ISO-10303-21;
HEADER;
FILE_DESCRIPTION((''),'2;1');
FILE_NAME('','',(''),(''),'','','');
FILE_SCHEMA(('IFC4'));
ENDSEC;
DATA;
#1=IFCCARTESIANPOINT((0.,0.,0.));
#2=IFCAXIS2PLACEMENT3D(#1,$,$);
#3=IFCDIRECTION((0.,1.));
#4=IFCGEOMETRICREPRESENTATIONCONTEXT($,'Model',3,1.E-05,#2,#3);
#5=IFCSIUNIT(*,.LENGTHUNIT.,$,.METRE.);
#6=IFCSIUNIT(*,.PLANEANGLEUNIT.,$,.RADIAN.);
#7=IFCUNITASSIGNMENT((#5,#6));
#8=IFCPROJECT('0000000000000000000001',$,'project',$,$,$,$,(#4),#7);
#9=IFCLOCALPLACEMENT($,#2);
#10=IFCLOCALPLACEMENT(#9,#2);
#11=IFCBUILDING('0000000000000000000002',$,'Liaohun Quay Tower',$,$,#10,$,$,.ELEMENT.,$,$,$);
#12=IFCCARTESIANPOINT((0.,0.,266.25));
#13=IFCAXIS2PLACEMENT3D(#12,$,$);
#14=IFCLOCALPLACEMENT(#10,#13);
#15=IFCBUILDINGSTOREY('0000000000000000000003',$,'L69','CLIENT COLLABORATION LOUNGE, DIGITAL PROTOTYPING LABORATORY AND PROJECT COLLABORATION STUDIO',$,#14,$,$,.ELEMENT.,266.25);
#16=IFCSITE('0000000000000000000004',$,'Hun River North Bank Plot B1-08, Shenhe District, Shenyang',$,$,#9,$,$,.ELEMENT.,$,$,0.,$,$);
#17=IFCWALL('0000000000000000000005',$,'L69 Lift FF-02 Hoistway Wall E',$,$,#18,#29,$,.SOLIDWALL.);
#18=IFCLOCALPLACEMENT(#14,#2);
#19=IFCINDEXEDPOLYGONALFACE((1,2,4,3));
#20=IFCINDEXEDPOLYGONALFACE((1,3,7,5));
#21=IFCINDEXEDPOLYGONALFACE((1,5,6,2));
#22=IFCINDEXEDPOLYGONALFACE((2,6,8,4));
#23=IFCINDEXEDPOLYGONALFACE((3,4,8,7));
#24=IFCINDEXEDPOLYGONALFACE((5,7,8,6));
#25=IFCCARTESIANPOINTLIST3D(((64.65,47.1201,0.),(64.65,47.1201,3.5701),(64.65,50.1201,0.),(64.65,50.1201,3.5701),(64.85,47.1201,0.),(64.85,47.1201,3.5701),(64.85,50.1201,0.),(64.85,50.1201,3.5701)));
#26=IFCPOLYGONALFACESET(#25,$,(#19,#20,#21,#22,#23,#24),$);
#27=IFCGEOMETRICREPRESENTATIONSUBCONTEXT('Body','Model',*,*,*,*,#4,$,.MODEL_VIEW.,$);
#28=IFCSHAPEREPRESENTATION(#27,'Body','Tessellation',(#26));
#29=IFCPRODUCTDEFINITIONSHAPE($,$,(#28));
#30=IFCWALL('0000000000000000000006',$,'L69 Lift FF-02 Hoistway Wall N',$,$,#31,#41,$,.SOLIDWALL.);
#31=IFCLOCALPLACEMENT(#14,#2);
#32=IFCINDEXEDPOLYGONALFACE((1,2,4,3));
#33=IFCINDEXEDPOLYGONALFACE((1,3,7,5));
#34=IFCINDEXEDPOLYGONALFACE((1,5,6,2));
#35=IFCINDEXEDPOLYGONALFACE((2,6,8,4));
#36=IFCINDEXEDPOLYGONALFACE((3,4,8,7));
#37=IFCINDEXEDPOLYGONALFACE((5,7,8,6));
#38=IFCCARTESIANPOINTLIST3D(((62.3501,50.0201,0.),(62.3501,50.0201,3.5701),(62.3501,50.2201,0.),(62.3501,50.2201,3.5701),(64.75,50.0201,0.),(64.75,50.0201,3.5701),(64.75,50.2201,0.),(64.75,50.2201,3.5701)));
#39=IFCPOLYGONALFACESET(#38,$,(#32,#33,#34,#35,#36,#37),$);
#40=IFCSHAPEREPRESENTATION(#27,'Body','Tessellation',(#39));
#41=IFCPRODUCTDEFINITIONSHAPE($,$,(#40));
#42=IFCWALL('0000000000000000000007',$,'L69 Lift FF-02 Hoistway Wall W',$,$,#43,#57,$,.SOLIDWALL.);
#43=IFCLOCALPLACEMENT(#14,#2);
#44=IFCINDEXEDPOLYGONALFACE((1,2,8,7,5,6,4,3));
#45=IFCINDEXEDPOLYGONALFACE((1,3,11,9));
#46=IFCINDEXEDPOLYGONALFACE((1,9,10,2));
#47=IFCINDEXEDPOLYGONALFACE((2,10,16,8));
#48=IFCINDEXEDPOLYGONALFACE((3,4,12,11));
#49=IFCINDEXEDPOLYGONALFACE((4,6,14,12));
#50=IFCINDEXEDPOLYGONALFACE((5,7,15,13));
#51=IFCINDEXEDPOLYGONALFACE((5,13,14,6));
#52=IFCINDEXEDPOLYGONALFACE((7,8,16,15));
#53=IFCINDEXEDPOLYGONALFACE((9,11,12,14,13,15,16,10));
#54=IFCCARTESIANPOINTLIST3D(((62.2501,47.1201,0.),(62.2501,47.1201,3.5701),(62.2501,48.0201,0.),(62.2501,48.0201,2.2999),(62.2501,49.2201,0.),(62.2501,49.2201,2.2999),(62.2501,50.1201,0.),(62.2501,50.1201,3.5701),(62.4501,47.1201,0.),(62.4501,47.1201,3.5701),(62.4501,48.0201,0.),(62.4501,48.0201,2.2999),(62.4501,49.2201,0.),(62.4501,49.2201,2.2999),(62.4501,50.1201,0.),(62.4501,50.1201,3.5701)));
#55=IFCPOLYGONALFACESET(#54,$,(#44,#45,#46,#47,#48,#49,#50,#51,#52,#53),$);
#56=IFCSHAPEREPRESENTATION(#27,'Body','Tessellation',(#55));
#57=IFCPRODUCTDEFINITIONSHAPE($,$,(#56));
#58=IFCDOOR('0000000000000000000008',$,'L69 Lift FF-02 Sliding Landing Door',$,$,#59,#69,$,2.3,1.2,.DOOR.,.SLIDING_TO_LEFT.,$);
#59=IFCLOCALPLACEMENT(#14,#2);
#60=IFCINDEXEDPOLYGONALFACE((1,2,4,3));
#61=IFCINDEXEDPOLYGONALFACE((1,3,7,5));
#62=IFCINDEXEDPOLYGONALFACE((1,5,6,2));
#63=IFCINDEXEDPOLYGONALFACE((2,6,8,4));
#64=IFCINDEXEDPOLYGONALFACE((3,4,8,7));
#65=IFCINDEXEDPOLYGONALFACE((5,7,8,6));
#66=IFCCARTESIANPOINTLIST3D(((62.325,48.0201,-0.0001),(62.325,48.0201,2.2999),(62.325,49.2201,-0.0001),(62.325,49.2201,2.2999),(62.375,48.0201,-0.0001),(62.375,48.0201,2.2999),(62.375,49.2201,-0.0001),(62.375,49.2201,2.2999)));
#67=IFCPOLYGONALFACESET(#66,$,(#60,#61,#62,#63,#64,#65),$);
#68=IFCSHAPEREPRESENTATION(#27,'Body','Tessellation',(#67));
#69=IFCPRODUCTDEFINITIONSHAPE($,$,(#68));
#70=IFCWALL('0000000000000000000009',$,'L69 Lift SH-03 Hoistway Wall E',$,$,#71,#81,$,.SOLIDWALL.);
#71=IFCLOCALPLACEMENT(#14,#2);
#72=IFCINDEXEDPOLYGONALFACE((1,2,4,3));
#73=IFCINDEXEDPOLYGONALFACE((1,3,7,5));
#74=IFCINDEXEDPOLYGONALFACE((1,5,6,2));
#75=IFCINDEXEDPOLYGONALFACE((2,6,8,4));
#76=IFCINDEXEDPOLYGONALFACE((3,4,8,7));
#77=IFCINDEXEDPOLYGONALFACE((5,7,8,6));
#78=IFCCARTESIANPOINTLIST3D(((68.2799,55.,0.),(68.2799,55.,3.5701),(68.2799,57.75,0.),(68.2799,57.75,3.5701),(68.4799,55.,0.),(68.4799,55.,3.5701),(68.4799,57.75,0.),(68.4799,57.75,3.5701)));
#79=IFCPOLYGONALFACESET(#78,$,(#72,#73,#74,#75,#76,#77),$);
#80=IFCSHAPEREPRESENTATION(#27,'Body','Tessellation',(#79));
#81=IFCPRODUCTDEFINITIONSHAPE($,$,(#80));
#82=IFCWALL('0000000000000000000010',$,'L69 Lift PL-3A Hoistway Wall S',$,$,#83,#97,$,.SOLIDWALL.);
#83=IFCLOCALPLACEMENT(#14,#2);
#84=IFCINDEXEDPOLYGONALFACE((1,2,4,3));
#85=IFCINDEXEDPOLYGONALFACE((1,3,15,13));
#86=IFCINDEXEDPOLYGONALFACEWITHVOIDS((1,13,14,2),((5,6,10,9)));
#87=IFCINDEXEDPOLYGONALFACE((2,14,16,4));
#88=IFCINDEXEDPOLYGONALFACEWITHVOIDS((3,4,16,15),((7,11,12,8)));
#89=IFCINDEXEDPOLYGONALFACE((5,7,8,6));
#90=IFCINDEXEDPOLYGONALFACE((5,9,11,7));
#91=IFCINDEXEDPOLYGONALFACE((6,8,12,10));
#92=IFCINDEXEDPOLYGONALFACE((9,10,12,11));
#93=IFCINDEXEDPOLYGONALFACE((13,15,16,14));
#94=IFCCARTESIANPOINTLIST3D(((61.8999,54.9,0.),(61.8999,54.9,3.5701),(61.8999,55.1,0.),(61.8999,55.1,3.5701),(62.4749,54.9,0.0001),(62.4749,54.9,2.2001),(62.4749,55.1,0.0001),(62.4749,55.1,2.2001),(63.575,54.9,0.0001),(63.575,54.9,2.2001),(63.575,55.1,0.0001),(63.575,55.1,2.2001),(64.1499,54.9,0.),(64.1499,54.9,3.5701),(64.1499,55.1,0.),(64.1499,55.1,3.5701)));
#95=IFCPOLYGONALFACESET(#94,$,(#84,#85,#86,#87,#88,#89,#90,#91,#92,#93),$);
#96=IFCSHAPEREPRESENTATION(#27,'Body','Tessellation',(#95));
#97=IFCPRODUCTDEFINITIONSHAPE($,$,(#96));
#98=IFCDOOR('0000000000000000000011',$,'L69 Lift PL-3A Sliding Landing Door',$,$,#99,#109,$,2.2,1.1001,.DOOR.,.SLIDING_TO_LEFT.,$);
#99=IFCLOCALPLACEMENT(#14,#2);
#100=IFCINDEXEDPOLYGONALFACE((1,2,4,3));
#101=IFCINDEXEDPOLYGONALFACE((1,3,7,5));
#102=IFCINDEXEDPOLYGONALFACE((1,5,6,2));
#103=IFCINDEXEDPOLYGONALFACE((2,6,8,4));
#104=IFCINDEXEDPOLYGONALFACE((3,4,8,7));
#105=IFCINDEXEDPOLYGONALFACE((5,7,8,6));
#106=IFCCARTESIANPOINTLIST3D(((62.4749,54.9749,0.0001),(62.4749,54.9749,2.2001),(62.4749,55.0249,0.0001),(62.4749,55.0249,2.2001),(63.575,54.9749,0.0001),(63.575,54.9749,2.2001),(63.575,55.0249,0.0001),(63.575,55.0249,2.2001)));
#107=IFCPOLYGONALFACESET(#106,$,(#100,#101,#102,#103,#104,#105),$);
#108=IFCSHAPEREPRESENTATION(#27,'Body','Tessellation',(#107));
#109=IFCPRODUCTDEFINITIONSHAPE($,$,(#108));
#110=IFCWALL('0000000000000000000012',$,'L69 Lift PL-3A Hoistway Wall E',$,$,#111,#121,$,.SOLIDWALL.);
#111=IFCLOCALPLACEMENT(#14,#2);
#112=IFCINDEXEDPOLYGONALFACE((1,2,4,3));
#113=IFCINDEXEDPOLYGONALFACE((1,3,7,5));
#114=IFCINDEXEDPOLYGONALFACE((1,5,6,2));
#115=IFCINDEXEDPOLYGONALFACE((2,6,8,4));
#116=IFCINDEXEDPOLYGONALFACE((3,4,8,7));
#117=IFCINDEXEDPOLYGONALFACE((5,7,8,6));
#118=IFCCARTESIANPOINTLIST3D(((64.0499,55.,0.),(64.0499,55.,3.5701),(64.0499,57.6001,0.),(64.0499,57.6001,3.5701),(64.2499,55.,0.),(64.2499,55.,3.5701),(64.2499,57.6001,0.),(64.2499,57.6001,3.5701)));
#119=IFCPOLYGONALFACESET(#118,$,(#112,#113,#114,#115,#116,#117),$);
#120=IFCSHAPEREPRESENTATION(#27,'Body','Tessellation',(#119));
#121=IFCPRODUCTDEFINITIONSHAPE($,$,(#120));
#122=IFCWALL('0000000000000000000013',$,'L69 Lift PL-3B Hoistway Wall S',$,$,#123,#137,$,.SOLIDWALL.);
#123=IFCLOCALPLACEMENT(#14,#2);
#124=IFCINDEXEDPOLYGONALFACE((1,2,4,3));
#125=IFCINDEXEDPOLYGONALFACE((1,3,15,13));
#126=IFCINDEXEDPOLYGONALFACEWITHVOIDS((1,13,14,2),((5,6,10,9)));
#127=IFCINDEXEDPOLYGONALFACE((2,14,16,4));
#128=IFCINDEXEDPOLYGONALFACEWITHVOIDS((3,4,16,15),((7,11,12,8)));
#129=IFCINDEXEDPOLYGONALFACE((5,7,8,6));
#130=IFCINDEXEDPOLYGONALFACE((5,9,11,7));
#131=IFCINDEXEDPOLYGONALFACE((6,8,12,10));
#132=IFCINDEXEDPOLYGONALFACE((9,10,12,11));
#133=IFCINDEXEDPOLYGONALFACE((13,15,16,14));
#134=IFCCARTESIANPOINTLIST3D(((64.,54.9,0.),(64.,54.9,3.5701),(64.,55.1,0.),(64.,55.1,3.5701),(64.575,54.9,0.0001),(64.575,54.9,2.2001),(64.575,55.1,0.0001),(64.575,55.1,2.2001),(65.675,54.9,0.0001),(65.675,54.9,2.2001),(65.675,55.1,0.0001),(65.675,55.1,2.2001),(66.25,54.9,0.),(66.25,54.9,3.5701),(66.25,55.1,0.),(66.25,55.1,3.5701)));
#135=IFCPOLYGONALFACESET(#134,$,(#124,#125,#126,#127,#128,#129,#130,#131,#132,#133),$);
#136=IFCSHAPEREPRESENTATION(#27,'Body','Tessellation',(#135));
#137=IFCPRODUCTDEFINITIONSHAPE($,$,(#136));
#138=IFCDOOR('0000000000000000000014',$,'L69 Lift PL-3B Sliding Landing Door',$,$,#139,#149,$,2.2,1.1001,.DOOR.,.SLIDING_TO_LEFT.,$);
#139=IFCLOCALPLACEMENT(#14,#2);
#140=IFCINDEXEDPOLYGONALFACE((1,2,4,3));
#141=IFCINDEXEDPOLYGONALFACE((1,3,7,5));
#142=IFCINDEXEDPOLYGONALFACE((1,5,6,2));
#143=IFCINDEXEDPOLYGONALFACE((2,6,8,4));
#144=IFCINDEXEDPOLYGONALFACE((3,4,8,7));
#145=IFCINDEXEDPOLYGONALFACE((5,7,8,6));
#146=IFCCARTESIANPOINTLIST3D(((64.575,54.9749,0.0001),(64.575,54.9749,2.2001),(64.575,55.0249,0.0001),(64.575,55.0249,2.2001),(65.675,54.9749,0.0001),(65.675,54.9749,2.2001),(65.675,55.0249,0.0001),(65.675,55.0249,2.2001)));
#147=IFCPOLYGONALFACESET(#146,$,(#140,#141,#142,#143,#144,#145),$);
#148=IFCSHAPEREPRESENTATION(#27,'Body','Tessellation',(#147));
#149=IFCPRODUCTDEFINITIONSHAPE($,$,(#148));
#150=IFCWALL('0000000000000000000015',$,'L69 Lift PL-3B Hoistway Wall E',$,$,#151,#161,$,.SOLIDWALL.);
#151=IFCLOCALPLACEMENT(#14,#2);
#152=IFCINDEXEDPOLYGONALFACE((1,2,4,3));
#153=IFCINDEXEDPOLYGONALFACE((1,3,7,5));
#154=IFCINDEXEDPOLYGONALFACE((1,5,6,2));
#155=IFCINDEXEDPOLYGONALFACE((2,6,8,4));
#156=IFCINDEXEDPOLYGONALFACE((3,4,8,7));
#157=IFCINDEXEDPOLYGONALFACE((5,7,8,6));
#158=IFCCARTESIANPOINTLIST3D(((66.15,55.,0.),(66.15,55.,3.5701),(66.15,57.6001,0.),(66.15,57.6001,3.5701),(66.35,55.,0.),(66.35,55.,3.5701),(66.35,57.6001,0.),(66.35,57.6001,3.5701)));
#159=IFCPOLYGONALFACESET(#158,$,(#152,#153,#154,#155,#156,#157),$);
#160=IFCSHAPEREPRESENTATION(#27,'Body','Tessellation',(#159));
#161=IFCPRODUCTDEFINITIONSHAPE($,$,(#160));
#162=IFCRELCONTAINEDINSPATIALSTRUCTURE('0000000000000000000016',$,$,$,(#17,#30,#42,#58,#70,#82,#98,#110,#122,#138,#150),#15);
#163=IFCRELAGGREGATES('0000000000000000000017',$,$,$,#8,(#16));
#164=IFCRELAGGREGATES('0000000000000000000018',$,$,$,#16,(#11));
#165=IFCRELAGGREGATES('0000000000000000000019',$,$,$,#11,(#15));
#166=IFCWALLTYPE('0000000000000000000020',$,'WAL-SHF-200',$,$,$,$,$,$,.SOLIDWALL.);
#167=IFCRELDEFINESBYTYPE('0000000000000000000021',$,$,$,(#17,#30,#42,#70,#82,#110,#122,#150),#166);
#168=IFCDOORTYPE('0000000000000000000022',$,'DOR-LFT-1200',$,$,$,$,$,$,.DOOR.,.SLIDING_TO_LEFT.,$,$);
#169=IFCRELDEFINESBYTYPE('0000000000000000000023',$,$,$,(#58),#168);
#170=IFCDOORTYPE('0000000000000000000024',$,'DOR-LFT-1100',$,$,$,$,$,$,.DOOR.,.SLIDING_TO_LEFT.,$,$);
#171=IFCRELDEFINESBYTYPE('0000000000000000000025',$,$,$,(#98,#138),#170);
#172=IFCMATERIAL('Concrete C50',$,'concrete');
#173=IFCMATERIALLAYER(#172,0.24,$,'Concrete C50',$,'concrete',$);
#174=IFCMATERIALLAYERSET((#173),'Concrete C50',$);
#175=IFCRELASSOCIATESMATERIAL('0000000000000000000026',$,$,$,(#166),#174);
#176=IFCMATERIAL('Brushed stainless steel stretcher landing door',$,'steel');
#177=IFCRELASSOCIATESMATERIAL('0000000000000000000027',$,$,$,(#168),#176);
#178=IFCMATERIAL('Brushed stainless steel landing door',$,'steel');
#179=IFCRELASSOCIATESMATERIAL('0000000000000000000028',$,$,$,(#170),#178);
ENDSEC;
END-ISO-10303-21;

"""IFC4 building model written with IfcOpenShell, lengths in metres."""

from ifc_helpers import new_model, si_unit, direction, frame, frame_2d, origin, place, context, subcontext, project, spatial, rectangle, extrude, source, transform, mapped, material, layer, layer_set, type_object, element, fill, save


model = new_model("IFC4")

# Units and contexts
model_context = context("Model", 3, precision=1e-05, world=origin(), true_north=direction((0.0, 1.0)))
body_context = subcontext(model_context, "Body", "Model", "MODEL_VIEW")
ifc_project = project(units=[si_unit("LENGTHUNIT", "METRE"), si_unit("PLANEANGLEUNIT", "RADIAN")], contexts=[model_context])

# Site, building, storey
site_placement = place(None, origin())
site = spatial("IfcSite", under=ifc_project, at=site_placement, Name="Hun River North Bank Plot B1-08, Shenhe District, Shenyang", CompositionType="ELEMENT", RefElevation=0.0)
building_placement = place(site_placement, origin())
building = spatial("IfcBuilding", under=site, at=building_placement, Name="Liaohun Quay Tower", CompositionType="ELEMENT")
storey_placement = place(building_placement, frame((0.0, 0.0, 266.25)))
storey = spatial("IfcBuildingStorey", under=building, at=storey_placement, Name="L69", Description="CLIENT COLLABORATION LOUNGE, DIGITAL PROTOTYPING LABORATORY AND PROJECT COLLABORATION STUDIO", CompositionType="ELEMENT", Elevation=266.25)

# Shared definitions
ifc_material_1 = material(Name="Concrete C50", Category="concrete")
ifc_layer_1 = layer(ifc_material_1, 0.24, Name="Concrete C50", Category="concrete")
ifc_layer_set_1 = layer_set([ifc_layer_1], Name="Concrete C50")
wall_type_1 = type_object("IfcWallType", Name="WAL-SHF-200", PredefinedType="SOLIDWALL", material=ifc_layer_set_1)

# Walls
wall_1_placement = place(storey_placement, frame((64.75, 47.1201, 0.0), z_axis=(0.0, 0.0, 1.0), x_axis=(0.0, 1.0, 0.0)))
element("IfcWall", 1, at=wall_1_placement, inside=storey, type_object=wall_type_1, Name="L69 Lift FF-02 Hoistway Wall E", PredefinedType="SOLIDWALL", context=body_context, shape_type="SweptSolid", body=[
    extrude(rectangle(XDim=3.0, YDim=0.2, at=frame_2d((1.5, 0.0))), origin(), (0.0, 0.0, 1.0), 3.5701),
])
wall_2_placement = place(storey_placement, frame((64.75, 50.1201, 0.0), z_axis=(0.0, 0.0, 1.0), x_axis=(-1.0, 0.0, 0.0)))
element("IfcWall", 2, at=wall_2_placement, inside=storey, type_object=wall_type_1, Name="L69 Lift FF-02 Hoistway Wall N", PredefinedType="SOLIDWALL", context=body_context, shape_type="SweptSolid", body=[
    extrude(rectangle(XDim=2.3999, YDim=0.2, at=frame_2d((1.2, 0.0))), origin(), (0.0, 0.0, 1.0), 3.5701),
])

# Wall, opening, door
wall_3_placement = place(storey_placement, frame((62.3501, 50.1201, 0.0), z_axis=(0.0, 0.0, 1.0), x_axis=(0.0, -1.0, 0.0)))
wall_3 = element("IfcWall", 3, at=wall_3_placement, inside=storey, type_object=wall_type_1, Name="L69 Lift FF-02 Hoistway Wall W", PredefinedType="SOLIDWALL", context=body_context, shape_type="SweptSolid", body=[
    extrude(rectangle(XDim=3.0, YDim=0.2, at=frame_2d((1.5, 0.0))), origin(), (0.0, 0.0, 1.0), 3.5701),
])
shared_shape_1 = source(origin(), body_context, "Body", "SweptSolid", [
    extrude(rectangle(XDim=1.2, YDim=2.3, at=frame_2d((0.6001, 1.1499))), frame((0.0, 0.1099, 0.0), z_axis=(0.0, -1.0, 0.0), x_axis=(1.0, 0.0, 0.0)), (0.0, 0.0, 1.0), 0.22),
])
opening_1_placement = place(wall_3_placement, frame((0.8999, 0.0, 0.0)))
opening_1 = element("IfcOpeningElement", 4, at=opening_1_placement, cuts=wall_3, PredefinedType="OPENING", context=body_context, shape_type="MappedRepresentation", body=[
    mapped(shared_shape_1, transform((0.0, 0.0, 0.0), x_axis=(1.0, 0.0, 0.0), y_axis=(0.0, 1.0, 0.0), z_axis=(0.0, 0.0, 1.0), scale=1.0)),
])
ifc_material_2 = material(Name="Brushed stainless steel stretcher landing door", Category="steel")
door_type_1 = type_object("IfcDoorType", Name="DOR-LFT-1200", OperationType="SLIDING_TO_LEFT", PredefinedType="DOOR", material=ifc_material_2)
shared_shape_2 = source(origin(), body_context, "Body", "SweptSolid", [
    extrude(rectangle(XDim=1.2, YDim=2.3, at=frame_2d((0.6001, 1.1499))), frame((0.0, 0.0249, 0.0), z_axis=(0.0, -1.0, 0.0), x_axis=(1.0, 0.0, 0.0)), (0.0, 0.0, 1.0), 0.05),
])
door_1_placement = place(opening_1_placement, origin())
door_1 = element("IfcDoor", 5, at=door_1_placement, inside=storey, type_object=door_type_1, Name="L69 Lift FF-02 Sliding Landing Door", OperationType="SLIDING_TO_LEFT", OverallHeight=2.3, OverallWidth=1.2, PredefinedType="DOOR", context=body_context, shape_type="MappedRepresentation", body=[
    mapped(shared_shape_2, transform((0.0, 0.0, 0.0), x_axis=(1.0, 0.0, 0.0), y_axis=(0.0, 1.0, 0.0), z_axis=(0.0, 0.0, 1.0), scale=1.0)),
])
fill(opening_1, door_1)

# Wall
wall_4_placement = place(storey_placement, frame((68.3799, 55.0, 0.0), z_axis=(0.0, 0.0, 1.0), x_axis=(0.0, 1.0, 0.0)))
element("IfcWall", 6, at=wall_4_placement, inside=storey, type_object=wall_type_1, Name="L69 Lift SH-03 Hoistway Wall E", PredefinedType="SOLIDWALL", context=body_context, shape_type="SweptSolid", body=[
    extrude(rectangle(XDim=2.75, YDim=0.2, at=frame_2d((1.375, 0.0))), origin(), (0.0, 0.0, 1.0), 3.5701),
])

# Wall, opening, door
wall_5_placement = place(storey_placement, frame((61.8999, 55.0, 0.0), z_axis=(0.0, 0.0, 1.0), x_axis=(1.0, 0.0, 0.0)))
wall_5 = element("IfcWall", 7, at=wall_5_placement, inside=storey, type_object=wall_type_1, Name="L69 Lift PL-3A Hoistway Wall S", PredefinedType="SOLIDWALL", context=body_context, shape_type="SweptSolid", body=[
    extrude(rectangle(XDim=2.25, YDim=0.2, at=frame_2d((1.125, 0.0))), origin(), (0.0, 0.0, 1.0), 3.5701),
])
shared_shape_3 = source(origin(), body_context, "Body", "SweptSolid", [
    extrude(rectangle(XDim=1.1001, YDim=2.2, at=frame_2d((0.55, 1.1001))), frame((0.0, 0.1099, 0.0), z_axis=(0.0, -1.0, 0.0), x_axis=(1.0, 0.0, 0.0)), (0.0, 0.0, 1.0), 0.22),
])
opening_2_placement = place(wall_5_placement, frame((0.575, 0.0, 0.0)))
opening_2 = element("IfcOpeningElement", 8, at=opening_2_placement, cuts=wall_5, PredefinedType="OPENING", context=body_context, shape_type="MappedRepresentation", body=[
    mapped(shared_shape_3, transform((0.0, 0.0, 0.0), x_axis=(1.0, 0.0, 0.0), y_axis=(0.0, 1.0, 0.0), z_axis=(0.0, 0.0, 1.0), scale=1.0)),
])
ifc_material_3 = material(Name="Brushed stainless steel landing door", Category="steel")
door_type_2 = type_object("IfcDoorType", Name="DOR-LFT-1100", OperationType="SLIDING_TO_LEFT", PredefinedType="DOOR", material=ifc_material_3)
shared_shape_4 = source(origin(), body_context, "Body", "SweptSolid", [
    extrude(rectangle(XDim=1.1001, YDim=2.2, at=frame_2d((0.55, 1.1001))), frame((0.0, 0.0249, 0.0), z_axis=(0.0, -1.0, 0.0), x_axis=(1.0, 0.0, 0.0)), (0.0, 0.0, 1.0), 0.05),
])
door_2_placement = place(opening_2_placement, origin())
door_2 = element("IfcDoor", 9, at=door_2_placement, inside=storey, type_object=door_type_2, Name="L69 Lift PL-3A Sliding Landing Door", OperationType="SLIDING_TO_LEFT", OverallHeight=2.2, OverallWidth=1.1001, PredefinedType="DOOR", context=body_context, shape_type="MappedRepresentation", body=[
    mapped(shared_shape_4, transform((0.0, 0.0, 0.0), x_axis=(1.0, 0.0, 0.0), y_axis=(0.0, 1.0, 0.0), z_axis=(0.0, 0.0, 1.0), scale=1.0)),
])
fill(opening_2, door_2)

# Wall
wall_6_placement = place(storey_placement, frame((64.1499, 55.0, 0.0), z_axis=(0.0, 0.0, 1.0), x_axis=(0.0, 1.0, 0.0)))
element("IfcWall", 10, at=wall_6_placement, inside=storey, type_object=wall_type_1, Name="L69 Lift PL-3A Hoistway Wall E", PredefinedType="SOLIDWALL", context=body_context, shape_type="SweptSolid", body=[
    extrude(rectangle(XDim=2.6001, YDim=0.2, at=frame_2d((1.3, 0.0))), origin(), (0.0, 0.0, 1.0), 3.5701),
])

# Wall, opening, door
wall_7_placement = place(storey_placement, frame((64.0, 55.0, 0.0), z_axis=(0.0, 0.0, 1.0), x_axis=(1.0, 0.0, 0.0)))
wall_7 = element("IfcWall", 11, at=wall_7_placement, inside=storey, type_object=wall_type_1, Name="L69 Lift PL-3B Hoistway Wall S", PredefinedType="SOLIDWALL", context=body_context, shape_type="SweptSolid", body=[
    extrude(rectangle(XDim=2.25, YDim=0.2, at=frame_2d((1.125, 0.0))), origin(), (0.0, 0.0, 1.0), 3.5701),
])
opening_3_placement = place(wall_7_placement, frame((0.575, 0.0, 0.0)))
opening_3 = element("IfcOpeningElement", 12, at=opening_3_placement, cuts=wall_7, PredefinedType="OPENING", context=body_context, shape_type="MappedRepresentation", body=[
    mapped(shared_shape_3, transform((0.0, 0.0, 0.0), x_axis=(1.0, 0.0, 0.0), y_axis=(0.0, 1.0, 0.0), z_axis=(0.0, 0.0, 1.0), scale=1.0)),
])
door_3_placement = place(opening_3_placement, origin())
door_3 = element("IfcDoor", 13, at=door_3_placement, inside=storey, type_object=door_type_2, Name="L69 Lift PL-3B Sliding Landing Door", OperationType="SLIDING_TO_LEFT", OverallHeight=2.2, OverallWidth=1.1001, PredefinedType="DOOR", context=body_context, shape_type="MappedRepresentation", body=[
    mapped(shared_shape_4, transform((0.0, 0.0, 0.0), x_axis=(1.0, 0.0, 0.0), y_axis=(0.0, 1.0, 0.0), z_axis=(0.0, 0.0, 1.0), scale=1.0)),
])
fill(opening_3, door_3)

# Wall
wall_8_placement = place(storey_placement, frame((66.25, 55.0, 0.0), z_axis=(0.0, 0.0, 1.0), x_axis=(0.0, 1.0, 0.0)))
element("IfcWall", 14, at=wall_8_placement, inside=storey, type_object=wall_type_1, Name="L69 Lift PL-3B Hoistway Wall E", PredefinedType="SOLIDWALL", context=body_context, shape_type="SweptSolid", body=[
    extrude(rectangle(XDim=2.6001, YDim=0.2, at=frame_2d((1.3, 0.0))), origin(), (0.0, 0.0, 1.0), 3.5701),
])

save(model, "model.ifc")
